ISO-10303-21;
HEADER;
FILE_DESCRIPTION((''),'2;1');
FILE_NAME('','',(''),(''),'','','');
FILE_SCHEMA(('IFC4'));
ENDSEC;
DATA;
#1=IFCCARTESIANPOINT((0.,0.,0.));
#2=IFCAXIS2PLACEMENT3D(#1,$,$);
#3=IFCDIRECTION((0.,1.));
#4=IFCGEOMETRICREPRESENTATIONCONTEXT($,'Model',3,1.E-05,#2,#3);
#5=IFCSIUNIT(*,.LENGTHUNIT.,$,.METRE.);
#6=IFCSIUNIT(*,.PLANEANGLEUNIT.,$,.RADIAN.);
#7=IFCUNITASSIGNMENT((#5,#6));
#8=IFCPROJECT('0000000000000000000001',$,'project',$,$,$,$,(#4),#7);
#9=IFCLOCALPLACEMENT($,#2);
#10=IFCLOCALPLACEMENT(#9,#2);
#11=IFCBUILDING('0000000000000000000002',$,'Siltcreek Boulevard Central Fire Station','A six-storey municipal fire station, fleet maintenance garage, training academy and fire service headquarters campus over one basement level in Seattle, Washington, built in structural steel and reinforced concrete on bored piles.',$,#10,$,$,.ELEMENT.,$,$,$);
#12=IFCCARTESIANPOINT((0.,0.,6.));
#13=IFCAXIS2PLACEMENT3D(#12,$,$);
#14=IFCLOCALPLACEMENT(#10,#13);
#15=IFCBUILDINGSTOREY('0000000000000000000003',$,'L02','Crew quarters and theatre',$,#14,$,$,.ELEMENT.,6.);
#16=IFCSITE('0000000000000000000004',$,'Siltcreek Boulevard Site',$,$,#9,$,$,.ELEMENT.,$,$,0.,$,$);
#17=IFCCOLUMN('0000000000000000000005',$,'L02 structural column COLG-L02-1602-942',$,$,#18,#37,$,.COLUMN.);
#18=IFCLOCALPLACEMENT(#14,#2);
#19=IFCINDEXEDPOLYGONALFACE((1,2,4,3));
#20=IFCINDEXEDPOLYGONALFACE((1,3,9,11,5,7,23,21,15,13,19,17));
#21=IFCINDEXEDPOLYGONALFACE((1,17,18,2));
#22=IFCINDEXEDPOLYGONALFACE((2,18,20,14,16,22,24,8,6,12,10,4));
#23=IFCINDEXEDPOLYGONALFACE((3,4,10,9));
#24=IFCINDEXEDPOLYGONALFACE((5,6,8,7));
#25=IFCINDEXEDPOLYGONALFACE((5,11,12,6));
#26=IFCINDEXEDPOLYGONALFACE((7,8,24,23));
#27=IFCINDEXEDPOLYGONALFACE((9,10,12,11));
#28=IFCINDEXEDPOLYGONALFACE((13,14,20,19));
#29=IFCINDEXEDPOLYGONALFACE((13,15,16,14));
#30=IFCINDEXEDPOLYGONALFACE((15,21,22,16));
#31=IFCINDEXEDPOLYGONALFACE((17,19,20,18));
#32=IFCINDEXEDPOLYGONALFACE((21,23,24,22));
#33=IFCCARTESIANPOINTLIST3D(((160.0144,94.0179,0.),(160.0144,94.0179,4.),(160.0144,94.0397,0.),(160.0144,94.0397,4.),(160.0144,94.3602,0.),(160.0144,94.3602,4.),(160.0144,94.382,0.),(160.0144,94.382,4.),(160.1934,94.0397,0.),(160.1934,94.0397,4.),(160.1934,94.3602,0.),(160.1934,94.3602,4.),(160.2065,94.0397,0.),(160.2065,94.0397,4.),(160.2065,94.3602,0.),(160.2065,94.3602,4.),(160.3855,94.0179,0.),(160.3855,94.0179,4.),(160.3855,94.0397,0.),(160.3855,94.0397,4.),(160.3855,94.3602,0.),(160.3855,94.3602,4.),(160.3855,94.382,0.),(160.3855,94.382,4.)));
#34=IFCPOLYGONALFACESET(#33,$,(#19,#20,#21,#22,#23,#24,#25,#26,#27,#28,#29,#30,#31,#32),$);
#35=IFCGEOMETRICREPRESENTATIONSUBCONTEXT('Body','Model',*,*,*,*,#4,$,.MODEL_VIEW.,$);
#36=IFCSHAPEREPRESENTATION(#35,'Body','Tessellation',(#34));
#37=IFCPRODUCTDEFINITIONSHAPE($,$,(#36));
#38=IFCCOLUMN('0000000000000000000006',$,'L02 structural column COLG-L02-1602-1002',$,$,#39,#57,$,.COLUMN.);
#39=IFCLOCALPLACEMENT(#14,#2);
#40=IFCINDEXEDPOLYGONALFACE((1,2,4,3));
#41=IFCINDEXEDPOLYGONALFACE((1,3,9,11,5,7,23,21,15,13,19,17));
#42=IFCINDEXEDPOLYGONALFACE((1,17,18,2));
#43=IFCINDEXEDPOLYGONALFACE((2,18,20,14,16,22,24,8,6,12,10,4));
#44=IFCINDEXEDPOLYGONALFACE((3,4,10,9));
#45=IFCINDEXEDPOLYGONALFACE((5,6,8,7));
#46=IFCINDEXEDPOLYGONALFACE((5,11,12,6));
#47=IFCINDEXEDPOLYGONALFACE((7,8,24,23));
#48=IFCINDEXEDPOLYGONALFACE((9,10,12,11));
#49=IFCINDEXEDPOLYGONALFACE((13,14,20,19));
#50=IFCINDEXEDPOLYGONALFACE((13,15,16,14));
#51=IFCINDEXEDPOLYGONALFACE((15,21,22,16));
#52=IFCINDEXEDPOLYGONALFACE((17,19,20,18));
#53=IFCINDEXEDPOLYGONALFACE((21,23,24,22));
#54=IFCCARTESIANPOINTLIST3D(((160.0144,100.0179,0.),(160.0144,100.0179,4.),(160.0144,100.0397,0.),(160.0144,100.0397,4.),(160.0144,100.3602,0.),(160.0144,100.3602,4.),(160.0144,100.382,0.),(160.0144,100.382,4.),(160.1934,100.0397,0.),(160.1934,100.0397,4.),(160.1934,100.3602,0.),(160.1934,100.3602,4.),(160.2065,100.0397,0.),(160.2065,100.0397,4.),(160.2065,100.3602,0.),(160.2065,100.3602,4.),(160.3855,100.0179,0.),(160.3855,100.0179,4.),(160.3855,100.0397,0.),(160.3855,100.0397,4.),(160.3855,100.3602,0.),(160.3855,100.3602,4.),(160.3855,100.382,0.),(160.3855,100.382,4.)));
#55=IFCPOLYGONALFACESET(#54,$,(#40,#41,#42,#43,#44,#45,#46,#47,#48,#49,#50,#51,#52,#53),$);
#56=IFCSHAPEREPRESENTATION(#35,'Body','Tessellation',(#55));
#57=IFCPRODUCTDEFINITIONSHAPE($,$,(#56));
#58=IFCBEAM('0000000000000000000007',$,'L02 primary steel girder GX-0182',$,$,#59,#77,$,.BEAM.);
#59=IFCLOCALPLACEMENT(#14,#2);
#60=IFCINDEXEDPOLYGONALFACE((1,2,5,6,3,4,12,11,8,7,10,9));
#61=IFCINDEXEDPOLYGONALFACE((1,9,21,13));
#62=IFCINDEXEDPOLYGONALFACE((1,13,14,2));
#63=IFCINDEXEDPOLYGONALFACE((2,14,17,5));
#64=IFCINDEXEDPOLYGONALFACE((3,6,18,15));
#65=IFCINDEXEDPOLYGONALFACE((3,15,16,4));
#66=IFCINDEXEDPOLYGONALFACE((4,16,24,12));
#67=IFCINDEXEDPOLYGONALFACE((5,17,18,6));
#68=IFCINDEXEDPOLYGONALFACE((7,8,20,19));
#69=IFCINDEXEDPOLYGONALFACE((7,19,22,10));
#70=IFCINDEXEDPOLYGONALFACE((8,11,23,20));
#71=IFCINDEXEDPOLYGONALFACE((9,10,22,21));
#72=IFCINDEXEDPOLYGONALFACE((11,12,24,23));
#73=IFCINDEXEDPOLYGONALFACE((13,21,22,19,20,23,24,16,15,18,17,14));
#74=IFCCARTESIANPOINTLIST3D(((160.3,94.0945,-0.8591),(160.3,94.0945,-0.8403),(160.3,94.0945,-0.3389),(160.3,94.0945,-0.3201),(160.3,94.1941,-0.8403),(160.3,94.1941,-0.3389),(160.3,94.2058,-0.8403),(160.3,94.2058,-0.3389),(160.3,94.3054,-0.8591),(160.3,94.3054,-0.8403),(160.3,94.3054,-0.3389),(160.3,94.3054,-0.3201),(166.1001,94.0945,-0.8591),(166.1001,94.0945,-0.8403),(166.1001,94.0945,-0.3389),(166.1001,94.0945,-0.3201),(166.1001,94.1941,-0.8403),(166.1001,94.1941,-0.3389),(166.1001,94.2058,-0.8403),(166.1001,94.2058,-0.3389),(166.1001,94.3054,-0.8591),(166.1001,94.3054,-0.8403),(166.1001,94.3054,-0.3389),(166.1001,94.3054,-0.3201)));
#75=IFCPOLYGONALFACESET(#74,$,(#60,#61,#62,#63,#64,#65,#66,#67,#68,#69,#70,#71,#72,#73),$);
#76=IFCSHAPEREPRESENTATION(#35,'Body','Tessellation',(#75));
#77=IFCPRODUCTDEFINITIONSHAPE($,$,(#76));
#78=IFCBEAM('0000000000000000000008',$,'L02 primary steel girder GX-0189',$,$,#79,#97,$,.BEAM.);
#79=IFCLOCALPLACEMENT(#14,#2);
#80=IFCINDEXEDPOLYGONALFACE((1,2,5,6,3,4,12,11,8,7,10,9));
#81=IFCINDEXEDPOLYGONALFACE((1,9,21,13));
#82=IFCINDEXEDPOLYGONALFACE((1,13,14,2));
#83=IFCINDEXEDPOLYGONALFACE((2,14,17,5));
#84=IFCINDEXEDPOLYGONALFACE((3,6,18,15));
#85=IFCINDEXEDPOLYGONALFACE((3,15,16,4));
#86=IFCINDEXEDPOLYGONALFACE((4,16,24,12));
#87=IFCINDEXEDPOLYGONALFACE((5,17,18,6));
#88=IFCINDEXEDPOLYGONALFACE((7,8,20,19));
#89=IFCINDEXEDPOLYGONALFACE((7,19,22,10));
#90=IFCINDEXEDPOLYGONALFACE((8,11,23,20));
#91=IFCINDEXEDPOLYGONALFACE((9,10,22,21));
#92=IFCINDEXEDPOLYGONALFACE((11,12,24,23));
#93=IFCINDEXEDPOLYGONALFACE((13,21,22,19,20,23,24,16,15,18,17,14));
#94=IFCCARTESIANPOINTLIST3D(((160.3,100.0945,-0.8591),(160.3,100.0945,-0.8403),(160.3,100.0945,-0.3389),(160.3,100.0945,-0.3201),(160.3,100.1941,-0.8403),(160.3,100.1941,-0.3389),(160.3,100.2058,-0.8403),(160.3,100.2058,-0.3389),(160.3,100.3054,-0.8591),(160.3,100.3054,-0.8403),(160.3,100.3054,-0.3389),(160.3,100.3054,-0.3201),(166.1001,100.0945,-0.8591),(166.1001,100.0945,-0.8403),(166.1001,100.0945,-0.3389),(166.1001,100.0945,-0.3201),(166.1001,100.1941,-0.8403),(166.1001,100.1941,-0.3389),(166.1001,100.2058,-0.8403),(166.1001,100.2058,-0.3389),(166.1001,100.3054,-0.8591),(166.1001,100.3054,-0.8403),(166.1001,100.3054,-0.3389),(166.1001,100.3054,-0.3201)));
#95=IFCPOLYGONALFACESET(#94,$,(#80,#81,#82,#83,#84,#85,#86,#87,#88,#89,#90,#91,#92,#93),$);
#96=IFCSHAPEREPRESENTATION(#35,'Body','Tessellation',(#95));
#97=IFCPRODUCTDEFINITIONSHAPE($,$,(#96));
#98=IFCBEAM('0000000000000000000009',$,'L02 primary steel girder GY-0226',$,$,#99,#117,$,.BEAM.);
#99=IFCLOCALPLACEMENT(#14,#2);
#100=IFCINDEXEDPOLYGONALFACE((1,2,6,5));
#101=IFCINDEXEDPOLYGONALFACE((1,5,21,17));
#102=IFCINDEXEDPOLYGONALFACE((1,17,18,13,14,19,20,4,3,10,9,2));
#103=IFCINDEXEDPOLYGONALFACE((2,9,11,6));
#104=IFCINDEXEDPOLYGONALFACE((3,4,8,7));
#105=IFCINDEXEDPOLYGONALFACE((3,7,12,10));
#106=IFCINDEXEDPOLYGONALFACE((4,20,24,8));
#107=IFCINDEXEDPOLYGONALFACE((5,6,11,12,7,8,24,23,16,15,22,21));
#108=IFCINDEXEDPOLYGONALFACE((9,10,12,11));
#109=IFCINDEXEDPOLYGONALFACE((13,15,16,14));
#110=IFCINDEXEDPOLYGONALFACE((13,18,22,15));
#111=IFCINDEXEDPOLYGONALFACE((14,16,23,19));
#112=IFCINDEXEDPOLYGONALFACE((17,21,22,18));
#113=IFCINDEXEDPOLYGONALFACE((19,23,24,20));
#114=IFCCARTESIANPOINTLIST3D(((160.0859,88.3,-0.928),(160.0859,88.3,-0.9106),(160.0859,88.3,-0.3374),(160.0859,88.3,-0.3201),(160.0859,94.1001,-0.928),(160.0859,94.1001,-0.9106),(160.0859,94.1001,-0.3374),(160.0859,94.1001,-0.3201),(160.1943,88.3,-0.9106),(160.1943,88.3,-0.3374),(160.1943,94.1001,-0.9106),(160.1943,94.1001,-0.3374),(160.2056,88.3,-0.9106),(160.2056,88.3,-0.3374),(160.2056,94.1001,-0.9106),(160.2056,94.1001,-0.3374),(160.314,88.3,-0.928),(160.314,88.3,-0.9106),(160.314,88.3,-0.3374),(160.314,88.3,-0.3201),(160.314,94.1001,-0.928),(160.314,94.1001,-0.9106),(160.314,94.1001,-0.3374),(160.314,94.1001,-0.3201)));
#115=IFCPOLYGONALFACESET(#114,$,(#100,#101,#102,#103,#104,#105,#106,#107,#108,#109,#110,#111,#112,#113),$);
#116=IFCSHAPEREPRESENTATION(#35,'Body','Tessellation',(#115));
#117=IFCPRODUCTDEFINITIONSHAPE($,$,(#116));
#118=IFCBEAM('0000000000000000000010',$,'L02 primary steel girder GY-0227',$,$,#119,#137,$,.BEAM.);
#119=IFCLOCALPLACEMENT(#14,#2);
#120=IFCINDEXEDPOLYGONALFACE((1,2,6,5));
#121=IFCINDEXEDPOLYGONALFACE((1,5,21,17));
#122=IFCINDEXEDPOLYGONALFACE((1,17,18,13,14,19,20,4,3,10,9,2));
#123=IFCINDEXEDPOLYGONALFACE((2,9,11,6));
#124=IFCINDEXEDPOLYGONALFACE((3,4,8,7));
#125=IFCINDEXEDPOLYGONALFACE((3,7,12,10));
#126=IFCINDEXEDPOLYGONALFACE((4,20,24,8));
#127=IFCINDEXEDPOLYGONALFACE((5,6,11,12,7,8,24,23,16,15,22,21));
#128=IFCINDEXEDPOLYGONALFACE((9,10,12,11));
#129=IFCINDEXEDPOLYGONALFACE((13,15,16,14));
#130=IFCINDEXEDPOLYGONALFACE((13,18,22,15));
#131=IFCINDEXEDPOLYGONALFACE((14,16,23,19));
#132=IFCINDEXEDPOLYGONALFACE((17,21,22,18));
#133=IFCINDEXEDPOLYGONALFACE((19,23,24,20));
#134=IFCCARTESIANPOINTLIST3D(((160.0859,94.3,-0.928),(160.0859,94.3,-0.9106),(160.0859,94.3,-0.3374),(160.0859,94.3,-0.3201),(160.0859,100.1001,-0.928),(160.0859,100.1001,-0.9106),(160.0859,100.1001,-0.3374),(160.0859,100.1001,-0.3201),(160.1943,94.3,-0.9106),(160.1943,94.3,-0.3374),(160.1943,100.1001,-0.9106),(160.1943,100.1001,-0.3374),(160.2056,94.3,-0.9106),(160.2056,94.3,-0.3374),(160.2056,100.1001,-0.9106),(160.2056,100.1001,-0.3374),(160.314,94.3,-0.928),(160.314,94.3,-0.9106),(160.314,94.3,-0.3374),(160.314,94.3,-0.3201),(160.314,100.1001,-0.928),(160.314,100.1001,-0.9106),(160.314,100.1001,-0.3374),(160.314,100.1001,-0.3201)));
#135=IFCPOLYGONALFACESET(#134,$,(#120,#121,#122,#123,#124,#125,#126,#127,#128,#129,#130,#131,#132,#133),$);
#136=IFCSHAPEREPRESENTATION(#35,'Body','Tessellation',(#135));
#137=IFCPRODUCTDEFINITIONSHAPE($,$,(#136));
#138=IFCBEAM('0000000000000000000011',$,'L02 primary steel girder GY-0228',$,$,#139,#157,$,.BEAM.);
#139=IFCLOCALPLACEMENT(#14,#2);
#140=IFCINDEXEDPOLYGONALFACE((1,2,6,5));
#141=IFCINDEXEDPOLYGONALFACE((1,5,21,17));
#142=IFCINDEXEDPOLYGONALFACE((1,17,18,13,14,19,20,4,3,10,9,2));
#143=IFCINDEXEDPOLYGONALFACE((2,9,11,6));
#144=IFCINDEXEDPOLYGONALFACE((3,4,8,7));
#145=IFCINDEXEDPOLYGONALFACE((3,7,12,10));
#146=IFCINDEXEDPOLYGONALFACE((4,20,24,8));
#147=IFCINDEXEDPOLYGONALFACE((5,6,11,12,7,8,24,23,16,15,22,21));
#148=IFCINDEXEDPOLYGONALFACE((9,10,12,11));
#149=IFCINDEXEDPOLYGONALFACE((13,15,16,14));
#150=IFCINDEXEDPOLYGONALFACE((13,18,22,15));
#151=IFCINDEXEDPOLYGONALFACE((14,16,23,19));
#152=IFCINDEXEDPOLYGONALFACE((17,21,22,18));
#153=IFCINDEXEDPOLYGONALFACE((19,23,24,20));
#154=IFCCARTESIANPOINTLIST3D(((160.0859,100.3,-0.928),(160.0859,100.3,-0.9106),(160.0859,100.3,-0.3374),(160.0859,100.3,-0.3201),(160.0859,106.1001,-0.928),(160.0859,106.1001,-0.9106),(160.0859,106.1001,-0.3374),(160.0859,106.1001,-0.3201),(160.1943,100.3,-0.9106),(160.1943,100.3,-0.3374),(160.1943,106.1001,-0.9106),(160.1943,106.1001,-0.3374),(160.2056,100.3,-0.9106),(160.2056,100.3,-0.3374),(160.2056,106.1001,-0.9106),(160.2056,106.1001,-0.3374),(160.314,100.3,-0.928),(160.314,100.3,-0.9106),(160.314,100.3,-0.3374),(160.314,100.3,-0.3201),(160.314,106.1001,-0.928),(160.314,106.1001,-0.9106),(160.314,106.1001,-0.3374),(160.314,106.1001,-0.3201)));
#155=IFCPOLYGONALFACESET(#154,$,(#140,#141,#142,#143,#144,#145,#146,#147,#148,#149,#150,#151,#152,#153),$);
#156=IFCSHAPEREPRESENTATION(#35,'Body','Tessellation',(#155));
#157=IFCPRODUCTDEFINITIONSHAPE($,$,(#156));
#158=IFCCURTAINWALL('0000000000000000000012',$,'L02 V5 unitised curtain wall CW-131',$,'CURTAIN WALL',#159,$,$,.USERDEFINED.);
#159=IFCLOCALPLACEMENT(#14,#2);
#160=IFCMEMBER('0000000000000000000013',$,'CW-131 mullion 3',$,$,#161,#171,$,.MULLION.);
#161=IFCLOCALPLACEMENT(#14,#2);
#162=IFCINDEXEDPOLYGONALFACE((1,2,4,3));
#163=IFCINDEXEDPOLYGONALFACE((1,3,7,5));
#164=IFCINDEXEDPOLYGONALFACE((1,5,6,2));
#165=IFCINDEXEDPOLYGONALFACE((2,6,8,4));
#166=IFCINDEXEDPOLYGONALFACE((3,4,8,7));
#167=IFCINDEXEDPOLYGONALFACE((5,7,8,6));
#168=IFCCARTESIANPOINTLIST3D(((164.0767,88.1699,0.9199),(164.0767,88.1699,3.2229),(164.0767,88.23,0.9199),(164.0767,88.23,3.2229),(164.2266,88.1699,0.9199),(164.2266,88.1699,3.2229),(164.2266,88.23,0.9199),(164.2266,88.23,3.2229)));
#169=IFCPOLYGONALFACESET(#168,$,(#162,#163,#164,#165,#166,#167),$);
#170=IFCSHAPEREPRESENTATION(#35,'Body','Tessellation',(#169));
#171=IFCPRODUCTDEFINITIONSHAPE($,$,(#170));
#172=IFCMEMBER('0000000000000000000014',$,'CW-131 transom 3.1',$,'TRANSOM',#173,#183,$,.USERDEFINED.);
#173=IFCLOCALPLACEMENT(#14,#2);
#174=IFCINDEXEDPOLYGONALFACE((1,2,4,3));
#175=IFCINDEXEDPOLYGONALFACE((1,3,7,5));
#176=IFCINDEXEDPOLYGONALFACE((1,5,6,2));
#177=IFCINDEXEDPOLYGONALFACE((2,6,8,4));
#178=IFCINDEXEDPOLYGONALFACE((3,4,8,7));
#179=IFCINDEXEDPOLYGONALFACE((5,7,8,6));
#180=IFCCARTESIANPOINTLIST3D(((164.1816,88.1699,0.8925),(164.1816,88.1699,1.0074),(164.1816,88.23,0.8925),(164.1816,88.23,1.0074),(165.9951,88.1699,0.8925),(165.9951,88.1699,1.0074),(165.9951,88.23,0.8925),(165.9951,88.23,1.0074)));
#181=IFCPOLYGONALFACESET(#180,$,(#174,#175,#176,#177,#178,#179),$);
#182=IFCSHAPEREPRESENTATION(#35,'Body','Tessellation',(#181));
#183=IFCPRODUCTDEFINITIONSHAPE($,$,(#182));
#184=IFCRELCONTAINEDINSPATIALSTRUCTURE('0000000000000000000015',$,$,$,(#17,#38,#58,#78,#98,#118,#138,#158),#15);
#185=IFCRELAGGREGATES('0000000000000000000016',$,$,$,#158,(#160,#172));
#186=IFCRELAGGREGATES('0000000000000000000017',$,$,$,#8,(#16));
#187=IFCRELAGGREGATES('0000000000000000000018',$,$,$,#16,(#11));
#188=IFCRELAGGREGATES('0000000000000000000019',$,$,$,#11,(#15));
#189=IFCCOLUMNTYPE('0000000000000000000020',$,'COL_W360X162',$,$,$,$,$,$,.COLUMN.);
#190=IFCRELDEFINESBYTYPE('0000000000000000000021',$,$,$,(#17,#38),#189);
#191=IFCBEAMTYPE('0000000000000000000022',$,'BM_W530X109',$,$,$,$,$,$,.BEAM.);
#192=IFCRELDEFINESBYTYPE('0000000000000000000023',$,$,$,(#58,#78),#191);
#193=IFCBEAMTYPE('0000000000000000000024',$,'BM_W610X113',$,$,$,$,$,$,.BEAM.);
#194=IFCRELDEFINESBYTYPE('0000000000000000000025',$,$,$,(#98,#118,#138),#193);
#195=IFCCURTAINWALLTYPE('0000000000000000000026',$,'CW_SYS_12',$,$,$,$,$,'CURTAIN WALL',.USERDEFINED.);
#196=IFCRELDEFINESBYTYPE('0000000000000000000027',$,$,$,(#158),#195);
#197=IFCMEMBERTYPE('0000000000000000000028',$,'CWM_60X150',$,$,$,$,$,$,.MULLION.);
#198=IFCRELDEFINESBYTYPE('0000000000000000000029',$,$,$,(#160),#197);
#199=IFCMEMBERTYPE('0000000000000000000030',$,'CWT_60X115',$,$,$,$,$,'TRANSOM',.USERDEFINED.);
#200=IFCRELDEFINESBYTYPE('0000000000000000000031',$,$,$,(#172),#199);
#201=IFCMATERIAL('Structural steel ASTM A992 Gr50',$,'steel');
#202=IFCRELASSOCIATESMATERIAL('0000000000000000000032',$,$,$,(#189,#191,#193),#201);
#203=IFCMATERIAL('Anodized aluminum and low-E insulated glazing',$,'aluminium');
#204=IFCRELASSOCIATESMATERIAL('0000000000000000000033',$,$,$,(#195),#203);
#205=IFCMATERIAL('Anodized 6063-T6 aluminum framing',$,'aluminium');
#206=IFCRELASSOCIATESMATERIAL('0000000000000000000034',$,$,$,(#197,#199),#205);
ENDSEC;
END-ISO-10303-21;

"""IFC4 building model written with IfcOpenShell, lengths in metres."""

from ifc_helpers import new_model, si_unit, direction, frame, origin, origin_2d, place, context, subcontext, project, spatial, rectangle, i_section, extrude, material, material_profile, profile_set, type_object, element, aggregate, save


model = new_model("IFC4")

# Units and contexts
model_context = context("Model", 3, precision=1e-05, world=origin(), true_north=direction((0.0, 1.0)))
body_context = subcontext(model_context, "Body", "Model", "MODEL_VIEW")
ifc_project = project(units=[si_unit("LENGTHUNIT", "METRE"), si_unit("PLANEANGLEUNIT", "RADIAN")], contexts=[model_context])

# Site, building, storey
site_placement = place(None, origin())
site = spatial("IfcSite", under=ifc_project, at=site_placement, Name="Siltcreek Boulevard Site", CompositionType="ELEMENT", RefElevation=0.0)
building_placement = place(site_placement, origin())
building = spatial("IfcBuilding", under=site, at=building_placement, Name="Siltcreek Boulevard Central Fire Station", Description="A six-storey municipal fire station, fleet maintenance garage, training academy and fire service headquarters campus over one basement level in Seattle, Washington, built in structural steel and reinforced concrete on bored piles.", CompositionType="ELEMENT")
storey_placement = place(building_placement, frame((0.0, 0.0, 6.0)))
storey = spatial("IfcBuildingStorey", under=building, at=storey_placement, Name="L02", Description="Crew quarters and theatre", CompositionType="ELEMENT", Elevation=6.0)

# Columns
ifc_material_1 = material(Name="Structural steel ASTM A992 Gr50", Category="steel")
ifc_material_profile_1 = material_profile(ifc_material_1, i_section(OverallWidth=0.3711, OverallDepth=0.364, WebThickness=0.0132, FlangeThickness=0.0217, at=origin_2d()), Name="W360X162")
ifc_profile_set_1 = profile_set([ifc_material_profile_1], Name="Structural steel ASTM A992 Gr50")
column_type = type_object("IfcColumnType", Name="COL_W360X162", PredefinedType="COLUMN", material=ifc_profile_set_1)
for number, where, z_axis, x_axis, name in (
    (1, (160.2, 94.2, 0.0), (0.0, 0.0, 1.0), (1.0, 0.0, 0.0), "L02 structural column COLG-L02-1602-942"),
    (2, (160.2, 100.2, 0.0), (0.0, 0.0, 1.0), (1.0, 0.0, 0.0), "L02 structural column COLG-L02-1602-1002"),
):
    element("IfcColumn", number, at=place(storey_placement, frame(where, z_axis=z_axis, x_axis=x_axis)), inside=storey, type_object=column_type, Name=name, PredefinedType="COLUMN", context=body_context, shape_type="SweptSolid", body=[
        extrude(i_section(OverallWidth=0.3711, OverallDepth=0.364, WebThickness=0.0132, FlangeThickness=0.0217, at=origin_2d()), origin(), (0.0, 0.0, 1.0), 4.0),
    ])

# Beams
ifc_material_profile_2 = material_profile(ifc_material_1, i_section(OverallWidth=0.2109, OverallDepth=0.5391, WebThickness=0.0117, FlangeThickness=0.0188, at=origin_2d()), Name="W530X109")
ifc_profile_set_2 = profile_set([ifc_material_profile_2], Name="Structural steel ASTM A992 Gr50")
beam_type_1 = type_object("IfcBeamType", Name="BM_W530X109", PredefinedType="BEAM", material=ifc_profile_set_2)
for number, where, z_axis, x_axis, name in (
    (3, (160.3, 94.2, -0.5896), (1.0, 0.0, 0.0), (0.0, 1.0, 0.0), "L02 primary steel girder GX-0182"),
    (4, (160.3, 100.2, -0.5896), (1.0, 0.0, 0.0), (0.0, 1.0, 0.0), "L02 primary steel girder GX-0189"),
):
    element("IfcBeam", number, at=place(storey_placement, frame(where, z_axis=z_axis, x_axis=x_axis)), inside=storey, type_object=beam_type_1, Name=name, PredefinedType="BEAM", context=body_context, shape_type="SweptSolid", body=[
        extrude(i_section(OverallWidth=0.2109, OverallDepth=0.5391, WebThickness=0.0117, FlangeThickness=0.0188, at=origin_2d()), origin(), (0.0, 0.0, 1.0), 5.8),
    ])
ifc_material_profile_3 = material_profile(ifc_material_1, i_section(OverallWidth=0.228, OverallDepth=0.6079, WebThickness=0.0112, FlangeThickness=0.0173, at=origin_2d()), Name="W610X113")
ifc_profile_set_3 = profile_set([ifc_material_profile_3], Name="Structural steel ASTM A992 Gr50")
beam_type_2 = type_object("IfcBeamType", Name="BM_W610X113", PredefinedType="BEAM", material=ifc_profile_set_3)
for number, where, z_axis, x_axis, name in (
    (5, (160.2, 88.3, -0.624), (0.0, 1.0, 0.0), (-1.0, 0.0, 0.0), "L02 primary steel girder GY-0226"),
    (6, (160.2, 94.3, -0.624), (0.0, 1.0, 0.0), (-1.0, 0.0, 0.0), "L02 primary steel girder GY-0227"),
    (7, (160.2, 100.3, -0.624), (0.0, 1.0, 0.0), (-1.0, 0.0, 0.0), "L02 primary steel girder GY-0228"),
):
    element("IfcBeam", number, at=place(storey_placement, frame(where, z_axis=z_axis, x_axis=x_axis)), inside=storey, type_object=beam_type_2, Name=name, PredefinedType="BEAM", context=body_context, shape_type="SweptSolid", body=[
        extrude(i_section(OverallWidth=0.228, OverallDepth=0.6079, WebThickness=0.0112, FlangeThickness=0.0173, at=origin_2d()), origin(), (0.0, 0.0, 1.0), 5.8),
    ])

# Curtain wall, members
ifc_material_2 = material(Name="Anodized aluminum and low-E insulated glazing", Category="aluminium")
curtain_wall_type = type_object("IfcCurtainWallType", Name="CW_SYS_12", ElementType="CURTAIN WALL", PredefinedType="USERDEFINED", material=ifc_material_2)
curtain_wall_placement = place(storey_placement, origin())
curtain_wall = element("IfcCurtainWall", 8, at=curtain_wall_placement, inside=storey, type_object=curtain_wall_type, Name="L02 V5 unitised curtain wall CW-131", ObjectType="CURTAIN WALL", PredefinedType="USERDEFINED")
ifc_material_3 = material(Name="Anodized 6063-T6 aluminum framing", Category="aluminium")
ifc_material_profile_4 = material_profile(ifc_material_3, rectangle(XDim=0.0601, YDim=0.1499, at=origin_2d()), Name="MULL60X150")
ifc_profile_set_4 = profile_set([ifc_material_profile_4], Name="Anodized 6063-T6 aluminum framing")
member_type_1 = type_object("IfcMemberType", Name="CWM_60X150", PredefinedType="MULLION", material=ifc_profile_set_4)
member_1_placement = place(storey_placement, frame((164.1516, 88.2, 0.9199), z_axis=(0.0, 0.0, 1.0), x_axis=(0.0, 1.0, 0.0)))
member_1 = element("IfcMember", 9, at=member_1_placement, type_object=member_type_1, Name="CW-131 mullion 3", PredefinedType="MULLION", context=body_context, shape_type="SweptSolid", body=[
    extrude(rectangle(XDim=0.0601, YDim=0.1499, at=origin_2d()), origin(), (0.0, 0.0, 1.0), 2.303),
])
ifc_material_profile_5 = material_profile(ifc_material_3, rectangle(XDim=0.0601, YDim=0.115, at=origin_2d()), Name="TRAN60X115")
ifc_profile_set_5 = profile_set([ifc_material_profile_5], Name="Anodized 6063-T6 aluminum framing")
member_type_2 = type_object("IfcMemberType", Name="CWT_60X115", ElementType="TRANSOM", PredefinedType="USERDEFINED", material=ifc_profile_set_5)
member_2_placement = place(storey_placement, frame((164.1816, 88.2, 0.95), z_axis=(1.0, 0.0, 0.0), x_axis=(0.0, 1.0, 0.0)))
member_2 = element("IfcMember", 10, at=member_2_placement, type_object=member_type_2, Name="CW-131 transom 3.1", ObjectType="TRANSOM", PredefinedType="USERDEFINED", context=body_context, shape_type="SweptSolid", body=[
    extrude(rectangle(XDim=0.0601, YDim=0.115, at=origin_2d()), origin(), (0.0, 0.0, 1.0), 1.8135),
])

aggregate(curtain_wall, [member_1, member_2])

save(model, "model.ifc")
